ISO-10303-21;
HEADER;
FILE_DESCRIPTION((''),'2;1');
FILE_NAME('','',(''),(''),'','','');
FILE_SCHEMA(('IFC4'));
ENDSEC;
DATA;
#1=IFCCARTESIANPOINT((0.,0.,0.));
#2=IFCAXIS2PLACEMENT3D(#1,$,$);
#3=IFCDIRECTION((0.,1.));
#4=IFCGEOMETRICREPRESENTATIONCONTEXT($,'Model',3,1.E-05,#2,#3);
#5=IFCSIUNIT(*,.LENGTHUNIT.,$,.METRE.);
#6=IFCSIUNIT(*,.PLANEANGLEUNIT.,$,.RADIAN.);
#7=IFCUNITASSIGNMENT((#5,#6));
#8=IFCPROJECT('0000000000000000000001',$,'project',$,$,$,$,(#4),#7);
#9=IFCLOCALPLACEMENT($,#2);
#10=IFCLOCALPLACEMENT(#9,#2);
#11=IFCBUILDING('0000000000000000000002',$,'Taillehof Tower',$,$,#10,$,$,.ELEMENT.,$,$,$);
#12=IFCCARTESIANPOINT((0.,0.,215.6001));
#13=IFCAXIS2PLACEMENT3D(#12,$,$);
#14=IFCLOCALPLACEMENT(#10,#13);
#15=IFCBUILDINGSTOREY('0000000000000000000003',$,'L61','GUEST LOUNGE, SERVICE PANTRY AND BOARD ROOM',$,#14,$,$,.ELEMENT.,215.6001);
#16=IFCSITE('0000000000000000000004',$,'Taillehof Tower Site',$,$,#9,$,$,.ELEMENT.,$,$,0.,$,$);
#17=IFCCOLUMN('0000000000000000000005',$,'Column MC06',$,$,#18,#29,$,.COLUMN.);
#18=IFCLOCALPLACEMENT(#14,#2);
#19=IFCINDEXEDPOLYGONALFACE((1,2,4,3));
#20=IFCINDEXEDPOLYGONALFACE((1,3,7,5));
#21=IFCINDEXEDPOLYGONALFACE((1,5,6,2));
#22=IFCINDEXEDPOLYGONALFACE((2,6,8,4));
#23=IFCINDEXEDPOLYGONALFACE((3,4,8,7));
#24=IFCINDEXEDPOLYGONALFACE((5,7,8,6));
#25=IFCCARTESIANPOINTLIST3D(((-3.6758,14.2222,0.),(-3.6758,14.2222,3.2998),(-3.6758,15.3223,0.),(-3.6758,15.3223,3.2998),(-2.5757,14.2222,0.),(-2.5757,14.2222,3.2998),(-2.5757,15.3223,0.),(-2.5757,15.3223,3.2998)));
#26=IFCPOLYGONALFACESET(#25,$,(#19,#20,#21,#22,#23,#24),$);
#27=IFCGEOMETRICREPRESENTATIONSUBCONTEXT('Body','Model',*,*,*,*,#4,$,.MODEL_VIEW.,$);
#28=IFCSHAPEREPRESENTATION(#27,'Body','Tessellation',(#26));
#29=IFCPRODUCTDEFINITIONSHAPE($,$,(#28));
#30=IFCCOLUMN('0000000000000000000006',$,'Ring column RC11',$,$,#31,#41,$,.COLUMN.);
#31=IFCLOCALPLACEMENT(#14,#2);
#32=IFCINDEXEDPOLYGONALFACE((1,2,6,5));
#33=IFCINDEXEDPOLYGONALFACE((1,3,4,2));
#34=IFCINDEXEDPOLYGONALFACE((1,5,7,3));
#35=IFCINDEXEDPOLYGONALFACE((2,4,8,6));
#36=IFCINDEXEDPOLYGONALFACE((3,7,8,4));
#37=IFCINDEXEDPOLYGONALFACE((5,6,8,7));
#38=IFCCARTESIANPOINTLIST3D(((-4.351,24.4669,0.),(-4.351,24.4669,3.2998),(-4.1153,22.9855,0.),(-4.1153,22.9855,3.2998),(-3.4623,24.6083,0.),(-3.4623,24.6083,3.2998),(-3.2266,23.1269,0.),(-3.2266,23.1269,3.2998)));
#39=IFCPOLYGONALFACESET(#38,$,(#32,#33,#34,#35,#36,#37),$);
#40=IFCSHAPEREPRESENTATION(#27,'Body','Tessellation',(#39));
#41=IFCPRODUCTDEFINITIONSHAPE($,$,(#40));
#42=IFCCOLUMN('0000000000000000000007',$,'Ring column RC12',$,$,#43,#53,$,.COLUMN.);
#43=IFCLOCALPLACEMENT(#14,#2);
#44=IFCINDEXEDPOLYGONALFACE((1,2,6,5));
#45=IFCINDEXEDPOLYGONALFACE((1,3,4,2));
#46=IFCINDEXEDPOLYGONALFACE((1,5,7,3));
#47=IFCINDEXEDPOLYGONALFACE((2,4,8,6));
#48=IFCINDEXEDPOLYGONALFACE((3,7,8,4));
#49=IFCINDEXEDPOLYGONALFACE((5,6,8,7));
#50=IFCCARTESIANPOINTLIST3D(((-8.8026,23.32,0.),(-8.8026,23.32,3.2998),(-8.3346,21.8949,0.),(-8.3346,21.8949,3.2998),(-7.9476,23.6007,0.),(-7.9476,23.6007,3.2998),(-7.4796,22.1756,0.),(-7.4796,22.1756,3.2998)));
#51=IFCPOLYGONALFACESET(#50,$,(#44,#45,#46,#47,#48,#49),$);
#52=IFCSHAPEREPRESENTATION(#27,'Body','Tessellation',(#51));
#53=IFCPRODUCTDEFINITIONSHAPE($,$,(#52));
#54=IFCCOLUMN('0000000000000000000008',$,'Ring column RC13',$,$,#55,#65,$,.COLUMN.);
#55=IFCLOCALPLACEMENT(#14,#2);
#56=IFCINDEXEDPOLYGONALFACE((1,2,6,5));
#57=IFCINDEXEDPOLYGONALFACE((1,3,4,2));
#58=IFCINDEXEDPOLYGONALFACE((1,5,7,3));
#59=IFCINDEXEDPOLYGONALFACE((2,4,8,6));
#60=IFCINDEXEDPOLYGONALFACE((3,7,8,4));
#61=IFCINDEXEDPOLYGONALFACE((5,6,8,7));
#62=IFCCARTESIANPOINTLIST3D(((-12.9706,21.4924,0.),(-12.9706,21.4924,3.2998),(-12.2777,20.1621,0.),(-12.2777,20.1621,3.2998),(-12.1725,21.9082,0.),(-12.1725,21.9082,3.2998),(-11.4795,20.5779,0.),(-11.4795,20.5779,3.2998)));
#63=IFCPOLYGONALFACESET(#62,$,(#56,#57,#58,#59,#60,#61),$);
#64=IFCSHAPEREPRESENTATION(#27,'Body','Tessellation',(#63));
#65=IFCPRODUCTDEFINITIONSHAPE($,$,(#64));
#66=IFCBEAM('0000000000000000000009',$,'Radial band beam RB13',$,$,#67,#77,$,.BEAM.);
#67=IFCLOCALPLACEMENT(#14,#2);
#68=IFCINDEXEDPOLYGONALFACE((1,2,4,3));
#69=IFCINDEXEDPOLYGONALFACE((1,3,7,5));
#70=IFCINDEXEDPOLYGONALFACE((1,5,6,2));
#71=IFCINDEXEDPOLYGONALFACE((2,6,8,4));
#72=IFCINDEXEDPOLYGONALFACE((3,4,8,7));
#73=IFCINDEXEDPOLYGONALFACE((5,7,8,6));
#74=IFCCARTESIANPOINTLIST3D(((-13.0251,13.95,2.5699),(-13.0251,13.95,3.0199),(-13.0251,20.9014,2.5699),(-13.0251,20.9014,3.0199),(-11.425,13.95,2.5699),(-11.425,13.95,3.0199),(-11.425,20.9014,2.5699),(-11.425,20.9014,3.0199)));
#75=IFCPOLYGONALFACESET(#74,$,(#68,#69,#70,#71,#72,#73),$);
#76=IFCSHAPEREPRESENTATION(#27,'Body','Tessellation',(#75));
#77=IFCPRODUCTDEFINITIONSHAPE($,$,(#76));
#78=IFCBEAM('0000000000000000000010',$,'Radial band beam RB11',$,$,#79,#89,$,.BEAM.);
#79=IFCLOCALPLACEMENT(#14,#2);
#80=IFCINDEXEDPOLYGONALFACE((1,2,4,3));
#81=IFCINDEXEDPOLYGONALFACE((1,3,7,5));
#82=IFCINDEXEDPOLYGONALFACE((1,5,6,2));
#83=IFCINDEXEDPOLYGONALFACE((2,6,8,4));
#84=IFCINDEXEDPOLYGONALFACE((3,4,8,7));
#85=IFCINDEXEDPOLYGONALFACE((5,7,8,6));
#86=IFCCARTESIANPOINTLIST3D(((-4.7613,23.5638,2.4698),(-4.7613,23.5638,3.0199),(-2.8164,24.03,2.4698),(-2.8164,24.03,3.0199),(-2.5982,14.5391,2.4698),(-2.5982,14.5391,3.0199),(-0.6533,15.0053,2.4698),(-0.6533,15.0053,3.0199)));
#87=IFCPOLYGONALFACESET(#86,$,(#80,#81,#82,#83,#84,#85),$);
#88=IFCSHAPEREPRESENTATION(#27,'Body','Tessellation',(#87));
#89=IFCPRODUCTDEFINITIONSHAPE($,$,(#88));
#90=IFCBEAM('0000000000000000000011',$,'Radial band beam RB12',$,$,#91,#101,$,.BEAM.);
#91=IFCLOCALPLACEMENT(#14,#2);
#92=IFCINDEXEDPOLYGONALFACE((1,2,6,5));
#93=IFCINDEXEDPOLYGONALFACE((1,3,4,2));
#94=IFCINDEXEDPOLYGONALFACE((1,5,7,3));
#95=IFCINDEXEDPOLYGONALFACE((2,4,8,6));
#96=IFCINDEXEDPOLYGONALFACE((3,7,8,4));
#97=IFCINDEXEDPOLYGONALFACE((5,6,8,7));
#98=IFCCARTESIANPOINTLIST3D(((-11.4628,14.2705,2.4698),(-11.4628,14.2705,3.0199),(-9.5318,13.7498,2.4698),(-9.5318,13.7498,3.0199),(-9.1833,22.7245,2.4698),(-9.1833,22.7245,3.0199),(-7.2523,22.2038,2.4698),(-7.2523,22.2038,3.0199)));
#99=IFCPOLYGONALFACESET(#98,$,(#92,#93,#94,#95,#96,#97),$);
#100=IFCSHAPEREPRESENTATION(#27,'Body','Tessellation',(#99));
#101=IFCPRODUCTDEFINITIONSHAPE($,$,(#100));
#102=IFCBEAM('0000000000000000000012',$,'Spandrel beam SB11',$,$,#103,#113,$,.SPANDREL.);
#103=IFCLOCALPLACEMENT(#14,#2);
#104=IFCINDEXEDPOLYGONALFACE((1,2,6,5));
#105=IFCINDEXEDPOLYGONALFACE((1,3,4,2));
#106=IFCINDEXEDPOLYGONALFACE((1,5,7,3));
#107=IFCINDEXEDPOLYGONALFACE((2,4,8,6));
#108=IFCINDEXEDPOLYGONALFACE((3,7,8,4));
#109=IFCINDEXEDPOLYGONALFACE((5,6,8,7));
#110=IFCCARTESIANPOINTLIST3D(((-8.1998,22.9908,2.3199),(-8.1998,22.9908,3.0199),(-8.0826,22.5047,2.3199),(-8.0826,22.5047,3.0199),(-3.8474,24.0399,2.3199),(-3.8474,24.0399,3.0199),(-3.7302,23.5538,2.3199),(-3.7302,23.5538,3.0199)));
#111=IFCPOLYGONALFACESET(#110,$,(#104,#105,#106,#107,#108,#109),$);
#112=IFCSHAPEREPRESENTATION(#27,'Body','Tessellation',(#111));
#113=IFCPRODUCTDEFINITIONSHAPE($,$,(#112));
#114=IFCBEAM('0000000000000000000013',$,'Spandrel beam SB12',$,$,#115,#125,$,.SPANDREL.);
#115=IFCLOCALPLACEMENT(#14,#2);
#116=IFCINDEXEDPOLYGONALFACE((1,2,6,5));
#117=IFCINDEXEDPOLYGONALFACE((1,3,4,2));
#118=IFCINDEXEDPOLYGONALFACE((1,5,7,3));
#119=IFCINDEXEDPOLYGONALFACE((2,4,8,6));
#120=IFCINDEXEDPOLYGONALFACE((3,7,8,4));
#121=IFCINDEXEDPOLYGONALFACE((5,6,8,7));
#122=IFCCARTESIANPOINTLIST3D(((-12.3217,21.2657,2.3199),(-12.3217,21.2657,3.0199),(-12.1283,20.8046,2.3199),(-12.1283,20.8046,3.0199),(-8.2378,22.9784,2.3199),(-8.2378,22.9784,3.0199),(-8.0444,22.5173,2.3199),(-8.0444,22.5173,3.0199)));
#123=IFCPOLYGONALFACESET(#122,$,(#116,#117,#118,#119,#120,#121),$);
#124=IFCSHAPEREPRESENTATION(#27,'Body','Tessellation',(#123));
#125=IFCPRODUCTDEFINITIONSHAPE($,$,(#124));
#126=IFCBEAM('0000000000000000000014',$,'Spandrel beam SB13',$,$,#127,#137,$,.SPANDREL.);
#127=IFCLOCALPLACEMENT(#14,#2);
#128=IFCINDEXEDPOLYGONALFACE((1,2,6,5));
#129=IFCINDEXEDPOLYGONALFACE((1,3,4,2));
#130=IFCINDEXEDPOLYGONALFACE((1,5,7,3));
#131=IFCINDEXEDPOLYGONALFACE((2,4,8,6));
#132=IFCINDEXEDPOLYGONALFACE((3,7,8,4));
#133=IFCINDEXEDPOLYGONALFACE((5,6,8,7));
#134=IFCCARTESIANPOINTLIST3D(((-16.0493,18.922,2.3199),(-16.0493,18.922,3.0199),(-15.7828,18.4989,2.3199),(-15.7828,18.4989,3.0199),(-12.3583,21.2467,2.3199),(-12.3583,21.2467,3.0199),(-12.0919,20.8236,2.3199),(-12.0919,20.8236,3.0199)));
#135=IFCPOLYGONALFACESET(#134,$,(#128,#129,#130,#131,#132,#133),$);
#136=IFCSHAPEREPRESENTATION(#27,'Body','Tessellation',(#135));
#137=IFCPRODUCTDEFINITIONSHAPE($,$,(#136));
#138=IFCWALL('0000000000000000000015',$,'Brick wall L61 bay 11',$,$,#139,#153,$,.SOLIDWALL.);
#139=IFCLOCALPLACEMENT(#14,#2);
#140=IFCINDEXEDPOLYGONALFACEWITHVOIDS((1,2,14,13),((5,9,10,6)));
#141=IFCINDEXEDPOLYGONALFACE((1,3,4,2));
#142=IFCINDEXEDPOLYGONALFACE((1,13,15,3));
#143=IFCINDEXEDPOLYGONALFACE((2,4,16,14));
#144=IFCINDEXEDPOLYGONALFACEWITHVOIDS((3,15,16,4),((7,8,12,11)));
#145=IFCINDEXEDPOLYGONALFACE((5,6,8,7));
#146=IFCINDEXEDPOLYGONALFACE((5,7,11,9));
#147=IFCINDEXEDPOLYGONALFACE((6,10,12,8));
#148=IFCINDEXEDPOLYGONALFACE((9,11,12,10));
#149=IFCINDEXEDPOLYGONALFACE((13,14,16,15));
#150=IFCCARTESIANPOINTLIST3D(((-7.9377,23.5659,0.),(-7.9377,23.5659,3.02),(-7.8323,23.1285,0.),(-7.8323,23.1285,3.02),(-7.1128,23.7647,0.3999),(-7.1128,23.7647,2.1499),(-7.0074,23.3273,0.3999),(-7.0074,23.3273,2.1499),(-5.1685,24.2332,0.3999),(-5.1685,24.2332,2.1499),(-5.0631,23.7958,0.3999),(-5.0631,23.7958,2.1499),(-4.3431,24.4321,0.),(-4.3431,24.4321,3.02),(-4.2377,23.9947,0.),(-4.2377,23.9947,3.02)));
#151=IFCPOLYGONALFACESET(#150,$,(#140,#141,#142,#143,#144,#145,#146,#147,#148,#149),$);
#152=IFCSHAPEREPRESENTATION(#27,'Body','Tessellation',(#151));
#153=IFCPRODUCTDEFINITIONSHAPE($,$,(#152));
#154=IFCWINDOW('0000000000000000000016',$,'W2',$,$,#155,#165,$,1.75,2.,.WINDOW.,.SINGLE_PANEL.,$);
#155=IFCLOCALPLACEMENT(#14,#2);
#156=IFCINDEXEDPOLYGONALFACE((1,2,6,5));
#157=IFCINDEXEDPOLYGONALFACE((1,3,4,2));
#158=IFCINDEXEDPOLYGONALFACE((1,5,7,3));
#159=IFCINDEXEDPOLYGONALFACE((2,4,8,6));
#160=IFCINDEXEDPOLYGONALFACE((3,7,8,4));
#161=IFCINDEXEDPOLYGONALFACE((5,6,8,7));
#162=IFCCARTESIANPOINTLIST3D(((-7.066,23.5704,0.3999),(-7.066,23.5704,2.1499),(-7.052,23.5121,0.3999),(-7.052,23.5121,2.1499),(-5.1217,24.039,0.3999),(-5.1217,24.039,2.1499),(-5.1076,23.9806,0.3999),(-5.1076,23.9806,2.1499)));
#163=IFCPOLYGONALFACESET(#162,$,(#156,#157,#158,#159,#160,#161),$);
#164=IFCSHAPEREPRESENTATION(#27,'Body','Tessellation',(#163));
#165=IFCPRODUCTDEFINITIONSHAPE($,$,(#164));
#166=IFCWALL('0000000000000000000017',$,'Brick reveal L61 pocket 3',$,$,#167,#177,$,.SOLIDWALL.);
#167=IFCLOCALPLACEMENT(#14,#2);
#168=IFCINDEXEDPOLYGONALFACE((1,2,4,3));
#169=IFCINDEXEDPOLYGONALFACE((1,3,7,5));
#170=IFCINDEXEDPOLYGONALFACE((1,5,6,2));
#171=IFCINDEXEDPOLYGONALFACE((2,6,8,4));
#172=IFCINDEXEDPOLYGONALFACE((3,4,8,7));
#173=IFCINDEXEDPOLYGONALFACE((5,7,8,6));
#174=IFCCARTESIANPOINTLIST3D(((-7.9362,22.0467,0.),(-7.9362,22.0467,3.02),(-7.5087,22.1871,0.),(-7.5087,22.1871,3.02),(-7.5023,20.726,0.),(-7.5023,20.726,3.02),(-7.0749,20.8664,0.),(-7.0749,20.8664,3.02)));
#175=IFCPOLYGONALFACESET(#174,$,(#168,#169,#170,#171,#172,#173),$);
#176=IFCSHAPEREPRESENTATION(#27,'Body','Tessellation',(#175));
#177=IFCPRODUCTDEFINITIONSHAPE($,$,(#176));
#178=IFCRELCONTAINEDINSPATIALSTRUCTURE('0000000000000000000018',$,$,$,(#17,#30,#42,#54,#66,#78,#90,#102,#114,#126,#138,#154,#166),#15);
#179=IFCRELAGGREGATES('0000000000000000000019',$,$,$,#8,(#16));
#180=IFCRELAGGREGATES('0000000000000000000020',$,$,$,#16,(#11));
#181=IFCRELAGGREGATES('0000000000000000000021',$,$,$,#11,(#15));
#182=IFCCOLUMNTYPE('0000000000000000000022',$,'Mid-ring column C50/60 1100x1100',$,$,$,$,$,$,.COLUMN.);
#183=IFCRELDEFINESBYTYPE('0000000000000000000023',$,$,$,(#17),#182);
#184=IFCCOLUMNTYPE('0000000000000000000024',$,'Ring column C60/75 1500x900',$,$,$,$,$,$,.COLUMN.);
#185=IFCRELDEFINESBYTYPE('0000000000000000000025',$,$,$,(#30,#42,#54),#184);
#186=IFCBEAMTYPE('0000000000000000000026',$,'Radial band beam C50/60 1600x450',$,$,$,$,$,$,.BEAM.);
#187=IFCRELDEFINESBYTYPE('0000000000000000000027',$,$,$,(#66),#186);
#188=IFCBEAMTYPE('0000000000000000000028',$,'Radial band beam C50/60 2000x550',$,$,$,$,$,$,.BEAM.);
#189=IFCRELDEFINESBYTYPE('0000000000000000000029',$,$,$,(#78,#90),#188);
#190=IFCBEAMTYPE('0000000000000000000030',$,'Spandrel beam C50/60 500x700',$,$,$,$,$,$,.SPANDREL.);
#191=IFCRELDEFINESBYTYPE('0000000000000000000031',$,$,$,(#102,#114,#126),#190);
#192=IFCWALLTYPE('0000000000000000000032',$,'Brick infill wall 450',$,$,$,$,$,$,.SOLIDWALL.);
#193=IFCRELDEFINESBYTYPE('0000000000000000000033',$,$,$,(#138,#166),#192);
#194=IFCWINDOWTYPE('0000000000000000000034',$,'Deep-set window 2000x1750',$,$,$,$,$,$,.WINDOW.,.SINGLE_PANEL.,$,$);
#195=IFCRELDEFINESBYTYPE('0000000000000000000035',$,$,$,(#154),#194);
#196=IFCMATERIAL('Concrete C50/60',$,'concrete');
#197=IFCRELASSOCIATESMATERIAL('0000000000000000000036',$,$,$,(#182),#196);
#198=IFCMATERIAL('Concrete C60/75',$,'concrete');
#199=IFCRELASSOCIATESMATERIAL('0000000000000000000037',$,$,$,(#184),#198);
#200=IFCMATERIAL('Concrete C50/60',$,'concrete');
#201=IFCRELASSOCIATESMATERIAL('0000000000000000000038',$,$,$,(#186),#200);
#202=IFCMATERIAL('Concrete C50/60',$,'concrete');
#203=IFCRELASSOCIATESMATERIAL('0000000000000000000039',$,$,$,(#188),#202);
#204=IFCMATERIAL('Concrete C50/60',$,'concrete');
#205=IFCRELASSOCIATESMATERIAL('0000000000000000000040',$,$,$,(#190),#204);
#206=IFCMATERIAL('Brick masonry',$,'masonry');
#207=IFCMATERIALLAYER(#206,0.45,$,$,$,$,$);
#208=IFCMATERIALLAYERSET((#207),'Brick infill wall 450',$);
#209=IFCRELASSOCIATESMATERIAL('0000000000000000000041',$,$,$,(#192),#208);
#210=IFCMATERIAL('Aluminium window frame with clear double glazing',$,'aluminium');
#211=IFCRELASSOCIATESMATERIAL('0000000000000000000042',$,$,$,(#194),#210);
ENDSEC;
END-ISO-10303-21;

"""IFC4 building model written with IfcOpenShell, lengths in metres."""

from ifc_helpers import new_model, si_unit, direction, frame, frame_2d, origin, origin_2d, place, context, subcontext, project, spatial, rectangle, extrude, material, layer, layer_set, material_profile, profile_set, type_object, element, fill, save


model = new_model("IFC4")

# Units and contexts
model_context = context("Model", 3, precision=1e-05, world=origin(), true_north=direction((0.0, 1.0)))
body_context = subcontext(model_context, "Body", "Model", "MODEL_VIEW")
ifc_project = project(units=[si_unit("LENGTHUNIT", "METRE"), si_unit("PLANEANGLEUNIT", "RADIAN")], contexts=[model_context])

# Site, building, storey
site_placement = place(None, origin())
site = spatial("IfcSite", under=ifc_project, at=site_placement, Name="Taillehof Tower Site", CompositionType="ELEMENT", RefElevation=0.0)
building_placement = place(site_placement, origin())
building = spatial("IfcBuilding", under=site, at=building_placement, Name="Taillehof Tower", CompositionType="ELEMENT")
storey_placement = place(building_placement, frame((0.0, 0.0, 215.6001)))
storey = spatial("IfcBuildingStorey", under=building, at=storey_placement, Name="L61", Description="GUEST LOUNGE, SERVICE PANTRY AND BOARD ROOM", CompositionType="ELEMENT", Elevation=215.6001)

# Columns
ifc_material_1 = material(Name="Concrete C50/60", Category="concrete")
ifc_material_profile_1 = material_profile(ifc_material_1, rectangle(XDim=1.1001, YDim=1.1001, at=origin_2d()), Name="RC 1100x1100")
ifc_profile_set_1 = profile_set([ifc_material_profile_1], Name="Concrete C50/60")
column_type_1 = type_object("IfcColumnType", Name="Mid-ring column C50/60 1100x1100", PredefinedType="COLUMN", material=ifc_profile_set_1)
column_placement = place(storey_placement, frame((-3.1257, 14.7722, 0.0), z_axis=(0.0, 0.0, 1.0), x_axis=(1.0, 0.0, 0.0)))
element("IfcColumn", 1, at=column_placement, inside=storey, type_object=column_type_1, Name="Column MC06", PredefinedType="COLUMN", context=body_context, shape_type="SweptSolid", body=[
    extrude(rectangle(XDim=1.1001, YDim=1.1001, at=origin_2d()), origin(), (0.0, 0.0, 1.0), 3.2998),
])
ifc_material_2 = material(Name="Concrete C60/75", Category="concrete")
ifc_material_profile_2 = material_profile(ifc_material_2, rectangle(XDim=1.5, YDim=0.8999, at=origin_2d()), Name="RC 1500x900")
ifc_profile_set_2 = profile_set([ifc_material_profile_2], Name="Concrete C60/75")
column_type_2 = type_object("IfcColumnType", Name="Ring column C60/75 1500x900", PredefinedType="COLUMN", material=ifc_profile_set_2)
for number, where, z_axis, x_axis, name in (
    (2, (-3.7888, 23.7969, 0.0), (0.0, 0.0, 1.0), (-0.157116, 0.98758, 0.0), "Ring column RC11"),
    (3, (-8.1411, 22.7478, 0.0), (0.0, 0.0, 1.0), (-0.312001, 0.950082, 0.0), "Ring column RC12"),
    (4, (-12.2251, 21.0352, 0.0), (0.0, 0.0, 1.0), (-0.461993, 0.886883, 0.0), "Ring column RC13"),
):
    element("IfcColumn", number, at=place(storey_placement, frame(where, z_axis=z_axis, x_axis=x_axis)), inside=storey, type_object=column_type_2, Name=name, PredefinedType="COLUMN", context=body_context, shape_type="SweptSolid", body=[
        extrude(rectangle(XDim=1.5, YDim=0.8999, at=origin_2d()), origin(), (0.0, 0.0, 1.0), 3.2998),
    ])

# Beams
ifc_material_3 = material(Name="Concrete C50/60", Category="concrete")
ifc_material_profile_3 = material_profile(ifc_material_3, rectangle(XDim=1.6001, YDim=0.45, at=origin_2d()), Name="RC 1600x450")
ifc_profile_set_3 = profile_set([ifc_material_profile_3], Name="Concrete C50/60")
beam_type_1 = type_object("IfcBeamType", Name="Radial band beam C50/60 1600x450", PredefinedType="BEAM", material=ifc_profile_set_3)
beam_1_placement = place(storey_placement, frame((-12.2251, 20.9014, 2.7949), z_axis=(0.0, -1.0, 0.0), x_axis=(1.0, 0.0, 0.0)))
element("IfcBeam", 5, at=beam_1_placement, inside=storey, type_object=beam_type_1, Name="Radial band beam RB13", PredefinedType="BEAM", context=body_context, shape_type="SweptSolid", body=[
    extrude(rectangle(XDim=1.6001, YDim=0.45, at=origin_2d()), origin(), (0.0, 0.0, 1.0), 6.9514),
])
ifc_material_4 = material(Name="Concrete C50/60", Category="concrete")
ifc_material_profile_4 = material_profile(ifc_material_4, rectangle(XDim=2.0, YDim=0.55, at=origin_2d()), Name="RC 2000x550")
ifc_profile_set_4 = profile_set([ifc_material_profile_4], Name="Concrete C50/60")
beam_type_2 = type_object("IfcBeamType", Name="Radial band beam C50/60 2000x550", PredefinedType="BEAM", material=ifc_profile_set_4)
beam_2_placement = place(storey_placement, frame((-3.7888, 23.7969, 2.7449), z_axis=(0.233084, -0.972457, 0.0), x_axis=(0.972457, 0.233084, 0.0)))
element("IfcBeam", 6, at=beam_2_placement, inside=storey, type_object=beam_type_2, Name="Radial band beam RB11", PredefinedType="BEAM", context=body_context, shape_type="SweptSolid", body=[
    extrude(rectangle(XDim=2.0, YDim=0.55, at=origin_2d()), origin(), (0.0, 0.0, 1.0), 9.2803),
])
beam_3_placement = place(storey_placement, frame((-8.2178, 22.4641, 2.7449), z_axis=(-0.260346, -0.965515, 0.0), x_axis=(0.965515, -0.260346, 0.0)))
element("IfcBeam", 7, at=beam_3_placement, inside=storey, type_object=beam_type_2, Name="Radial band beam RB12", PredefinedType="BEAM", context=body_context, shape_type="SweptSolid", body=[
    extrude(rectangle(XDim=2.0, YDim=0.55, at=origin_2d()), origin(), (0.0, 0.0, 1.0), 8.7559),
])
ifc_material_5 = material(Name="Concrete C50/60", Category="concrete")
ifc_material_profile_5 = material_profile(ifc_material_5, rectangle(XDim=0.5, YDim=0.7, at=origin_2d()), Name="RC 500x700")
ifc_profile_set_5 = profile_set([ifc_material_profile_5], Name="Concrete C50/60")
beam_type_3 = type_object("IfcBeamType", Name="Spandrel beam C50/60 500x700", PredefinedType="SPANDREL", material=ifc_profile_set_5)
beam_4_placement = place(storey_placement, frame((-3.7888, 23.7969, 2.6699), z_axis=(-0.972158, -0.234328, 0.0), x_axis=(0.234328, -0.972158, 0.0)))
element("IfcBeam", 8, at=beam_4_placement, inside=storey, type_object=beam_type_3, Name="Spandrel beam SB11", PredefinedType="SPANDREL", context=body_context, shape_type="SweptSolid", body=[
    extrude(rectangle(XDim=0.5, YDim=0.7, at=origin_2d()), origin(), (0.0, 0.0, 1.0), 4.4771),
])
beam_5_placement = place(storey_placement, frame((-8.1411, 22.7478, 2.6699), z_axis=(-0.922194, -0.386728, 0.0), x_axis=(0.386728, -0.922194, 0.0)))
element("IfcBeam", 9, at=beam_5_placement, inside=storey, type_object=beam_type_3, Name="Spandrel beam SB12", PredefinedType="SPANDREL", context=body_context, shape_type="SweptSolid", body=[
    extrude(rectangle(XDim=0.5, YDim=0.7, at=origin_2d()), origin(), (0.0, 0.0, 1.0), 4.4285),
])
beam_6_placement = place(storey_placement, frame((-12.2251, 21.0352, 2.6699), z_axis=(-0.846151, -0.532944, 0.0), x_axis=(0.532944, -0.846151, 0.0)))
element("IfcBeam", 10, at=beam_6_placement, inside=storey, type_object=beam_type_3, Name="Spandrel beam SB13", PredefinedType="SPANDREL", context=body_context, shape_type="SweptSolid", body=[
    extrude(rectangle(XDim=0.5, YDim=0.7, at=origin_2d()), origin(), (0.0, 0.0, 1.0), 4.3621),
])

# Wall, opening, window
ifc_material_6 = material(Name="Brick masonry", Category="masonry")
ifc_layer_1 = layer(ifc_material_6, 0.45)
ifc_layer_set_1 = layer_set([ifc_layer_1], Name="Brick infill wall 450")
wall_type_1 = type_object("IfcWallType", Name="Brick infill wall 450", PredefinedType="SOLIDWALL", material=ifc_layer_set_1)
wall_1_placement = place(storey_placement, frame((-4.2905, 24.2134, 0.0), z_axis=(0.0, 0.0, 1.0), x_axis=(-0.972174, -0.234262, 0.0)))
wall_1 = element("IfcWall", 11, at=wall_1_placement, inside=storey, type_object=wall_type_1, Name="Brick wall L61 bay 11", PredefinedType="SOLIDWALL", context=body_context, shape_type="SweptSolid", body=[
    extrude(rectangle(XDim=3.6975, YDim=0.45, at=frame_2d((1.8486, 0.0))), origin(), (0.0, 0.0, 1.0), 3.02),
])
opening_1_placement = place(wall_1_placement, frame((0.8489, 0.0, 0.3999)))
opening_1 = element("IfcOpeningElement", 12, at=opening_1_placement, cuts=wall_1, PredefinedType="OPENING", context=body_context, shape_type="SweptSolid", body=[
    extrude(rectangle(XDim=2.0, YDim=1.75, at=frame_2d((1.0, 0.875))), frame((0.0, 0.2349, 0.0), z_axis=(0.0, -1.0, 0.0), x_axis=(1.0, 0.0, 0.0)), (0.0, 0.0, 1.0), 0.47),
])
ifc_material_7 = material(Name="Aluminium window frame with clear double glazing", Category="aluminium")
window_type_1 = type_object("IfcWindowType", Name="Deep-set window 2000x1750", PartitioningType="SINGLE_PANEL", PredefinedType="WINDOW", material=ifc_material_7)
window_1_placement = place(opening_1_placement, origin())
window_1 = element("IfcWindow", 13, at=window_1_placement, inside=storey, type_object=window_type_1, Name="W2", OverallHeight=1.75, OverallWidth=2.0, PartitioningType="SINGLE_PANEL", PredefinedType="WINDOW", context=body_context, shape_type="SweptSolid", body=[
    extrude(rectangle(XDim=2.0, YDim=1.75, at=frame_2d((1.0, 0.875))), frame((0.0, 0.0349, 0.0), z_axis=(0.0, -1.0, 0.0), x_axis=(1.0, 0.0, 0.0)), (0.0, 0.0, 1.0), 0.0601),
])
fill(opening_1, window_1)

# Wall
wall_2_placement = place(storey_placement, frame((-7.7224, 22.1169, 0.0), z_axis=(0.0, 0.0, 1.0), x_axis=(0.312063, -0.950062, 0.0)))
element("IfcWall", 14, at=wall_2_placement, inside=storey, type_object=wall_type_1, Name="Brick reveal L61 pocket 3", PredefinedType="SOLIDWALL", context=body_context, shape_type="SweptSolid", body=[
    extrude(rectangle(XDim=1.3901, YDim=0.45, at=frame_2d((0.6951, 0.0))), origin(), (0.0, 0.0, 1.0), 3.02),
])

save(model, "model.ifc")
